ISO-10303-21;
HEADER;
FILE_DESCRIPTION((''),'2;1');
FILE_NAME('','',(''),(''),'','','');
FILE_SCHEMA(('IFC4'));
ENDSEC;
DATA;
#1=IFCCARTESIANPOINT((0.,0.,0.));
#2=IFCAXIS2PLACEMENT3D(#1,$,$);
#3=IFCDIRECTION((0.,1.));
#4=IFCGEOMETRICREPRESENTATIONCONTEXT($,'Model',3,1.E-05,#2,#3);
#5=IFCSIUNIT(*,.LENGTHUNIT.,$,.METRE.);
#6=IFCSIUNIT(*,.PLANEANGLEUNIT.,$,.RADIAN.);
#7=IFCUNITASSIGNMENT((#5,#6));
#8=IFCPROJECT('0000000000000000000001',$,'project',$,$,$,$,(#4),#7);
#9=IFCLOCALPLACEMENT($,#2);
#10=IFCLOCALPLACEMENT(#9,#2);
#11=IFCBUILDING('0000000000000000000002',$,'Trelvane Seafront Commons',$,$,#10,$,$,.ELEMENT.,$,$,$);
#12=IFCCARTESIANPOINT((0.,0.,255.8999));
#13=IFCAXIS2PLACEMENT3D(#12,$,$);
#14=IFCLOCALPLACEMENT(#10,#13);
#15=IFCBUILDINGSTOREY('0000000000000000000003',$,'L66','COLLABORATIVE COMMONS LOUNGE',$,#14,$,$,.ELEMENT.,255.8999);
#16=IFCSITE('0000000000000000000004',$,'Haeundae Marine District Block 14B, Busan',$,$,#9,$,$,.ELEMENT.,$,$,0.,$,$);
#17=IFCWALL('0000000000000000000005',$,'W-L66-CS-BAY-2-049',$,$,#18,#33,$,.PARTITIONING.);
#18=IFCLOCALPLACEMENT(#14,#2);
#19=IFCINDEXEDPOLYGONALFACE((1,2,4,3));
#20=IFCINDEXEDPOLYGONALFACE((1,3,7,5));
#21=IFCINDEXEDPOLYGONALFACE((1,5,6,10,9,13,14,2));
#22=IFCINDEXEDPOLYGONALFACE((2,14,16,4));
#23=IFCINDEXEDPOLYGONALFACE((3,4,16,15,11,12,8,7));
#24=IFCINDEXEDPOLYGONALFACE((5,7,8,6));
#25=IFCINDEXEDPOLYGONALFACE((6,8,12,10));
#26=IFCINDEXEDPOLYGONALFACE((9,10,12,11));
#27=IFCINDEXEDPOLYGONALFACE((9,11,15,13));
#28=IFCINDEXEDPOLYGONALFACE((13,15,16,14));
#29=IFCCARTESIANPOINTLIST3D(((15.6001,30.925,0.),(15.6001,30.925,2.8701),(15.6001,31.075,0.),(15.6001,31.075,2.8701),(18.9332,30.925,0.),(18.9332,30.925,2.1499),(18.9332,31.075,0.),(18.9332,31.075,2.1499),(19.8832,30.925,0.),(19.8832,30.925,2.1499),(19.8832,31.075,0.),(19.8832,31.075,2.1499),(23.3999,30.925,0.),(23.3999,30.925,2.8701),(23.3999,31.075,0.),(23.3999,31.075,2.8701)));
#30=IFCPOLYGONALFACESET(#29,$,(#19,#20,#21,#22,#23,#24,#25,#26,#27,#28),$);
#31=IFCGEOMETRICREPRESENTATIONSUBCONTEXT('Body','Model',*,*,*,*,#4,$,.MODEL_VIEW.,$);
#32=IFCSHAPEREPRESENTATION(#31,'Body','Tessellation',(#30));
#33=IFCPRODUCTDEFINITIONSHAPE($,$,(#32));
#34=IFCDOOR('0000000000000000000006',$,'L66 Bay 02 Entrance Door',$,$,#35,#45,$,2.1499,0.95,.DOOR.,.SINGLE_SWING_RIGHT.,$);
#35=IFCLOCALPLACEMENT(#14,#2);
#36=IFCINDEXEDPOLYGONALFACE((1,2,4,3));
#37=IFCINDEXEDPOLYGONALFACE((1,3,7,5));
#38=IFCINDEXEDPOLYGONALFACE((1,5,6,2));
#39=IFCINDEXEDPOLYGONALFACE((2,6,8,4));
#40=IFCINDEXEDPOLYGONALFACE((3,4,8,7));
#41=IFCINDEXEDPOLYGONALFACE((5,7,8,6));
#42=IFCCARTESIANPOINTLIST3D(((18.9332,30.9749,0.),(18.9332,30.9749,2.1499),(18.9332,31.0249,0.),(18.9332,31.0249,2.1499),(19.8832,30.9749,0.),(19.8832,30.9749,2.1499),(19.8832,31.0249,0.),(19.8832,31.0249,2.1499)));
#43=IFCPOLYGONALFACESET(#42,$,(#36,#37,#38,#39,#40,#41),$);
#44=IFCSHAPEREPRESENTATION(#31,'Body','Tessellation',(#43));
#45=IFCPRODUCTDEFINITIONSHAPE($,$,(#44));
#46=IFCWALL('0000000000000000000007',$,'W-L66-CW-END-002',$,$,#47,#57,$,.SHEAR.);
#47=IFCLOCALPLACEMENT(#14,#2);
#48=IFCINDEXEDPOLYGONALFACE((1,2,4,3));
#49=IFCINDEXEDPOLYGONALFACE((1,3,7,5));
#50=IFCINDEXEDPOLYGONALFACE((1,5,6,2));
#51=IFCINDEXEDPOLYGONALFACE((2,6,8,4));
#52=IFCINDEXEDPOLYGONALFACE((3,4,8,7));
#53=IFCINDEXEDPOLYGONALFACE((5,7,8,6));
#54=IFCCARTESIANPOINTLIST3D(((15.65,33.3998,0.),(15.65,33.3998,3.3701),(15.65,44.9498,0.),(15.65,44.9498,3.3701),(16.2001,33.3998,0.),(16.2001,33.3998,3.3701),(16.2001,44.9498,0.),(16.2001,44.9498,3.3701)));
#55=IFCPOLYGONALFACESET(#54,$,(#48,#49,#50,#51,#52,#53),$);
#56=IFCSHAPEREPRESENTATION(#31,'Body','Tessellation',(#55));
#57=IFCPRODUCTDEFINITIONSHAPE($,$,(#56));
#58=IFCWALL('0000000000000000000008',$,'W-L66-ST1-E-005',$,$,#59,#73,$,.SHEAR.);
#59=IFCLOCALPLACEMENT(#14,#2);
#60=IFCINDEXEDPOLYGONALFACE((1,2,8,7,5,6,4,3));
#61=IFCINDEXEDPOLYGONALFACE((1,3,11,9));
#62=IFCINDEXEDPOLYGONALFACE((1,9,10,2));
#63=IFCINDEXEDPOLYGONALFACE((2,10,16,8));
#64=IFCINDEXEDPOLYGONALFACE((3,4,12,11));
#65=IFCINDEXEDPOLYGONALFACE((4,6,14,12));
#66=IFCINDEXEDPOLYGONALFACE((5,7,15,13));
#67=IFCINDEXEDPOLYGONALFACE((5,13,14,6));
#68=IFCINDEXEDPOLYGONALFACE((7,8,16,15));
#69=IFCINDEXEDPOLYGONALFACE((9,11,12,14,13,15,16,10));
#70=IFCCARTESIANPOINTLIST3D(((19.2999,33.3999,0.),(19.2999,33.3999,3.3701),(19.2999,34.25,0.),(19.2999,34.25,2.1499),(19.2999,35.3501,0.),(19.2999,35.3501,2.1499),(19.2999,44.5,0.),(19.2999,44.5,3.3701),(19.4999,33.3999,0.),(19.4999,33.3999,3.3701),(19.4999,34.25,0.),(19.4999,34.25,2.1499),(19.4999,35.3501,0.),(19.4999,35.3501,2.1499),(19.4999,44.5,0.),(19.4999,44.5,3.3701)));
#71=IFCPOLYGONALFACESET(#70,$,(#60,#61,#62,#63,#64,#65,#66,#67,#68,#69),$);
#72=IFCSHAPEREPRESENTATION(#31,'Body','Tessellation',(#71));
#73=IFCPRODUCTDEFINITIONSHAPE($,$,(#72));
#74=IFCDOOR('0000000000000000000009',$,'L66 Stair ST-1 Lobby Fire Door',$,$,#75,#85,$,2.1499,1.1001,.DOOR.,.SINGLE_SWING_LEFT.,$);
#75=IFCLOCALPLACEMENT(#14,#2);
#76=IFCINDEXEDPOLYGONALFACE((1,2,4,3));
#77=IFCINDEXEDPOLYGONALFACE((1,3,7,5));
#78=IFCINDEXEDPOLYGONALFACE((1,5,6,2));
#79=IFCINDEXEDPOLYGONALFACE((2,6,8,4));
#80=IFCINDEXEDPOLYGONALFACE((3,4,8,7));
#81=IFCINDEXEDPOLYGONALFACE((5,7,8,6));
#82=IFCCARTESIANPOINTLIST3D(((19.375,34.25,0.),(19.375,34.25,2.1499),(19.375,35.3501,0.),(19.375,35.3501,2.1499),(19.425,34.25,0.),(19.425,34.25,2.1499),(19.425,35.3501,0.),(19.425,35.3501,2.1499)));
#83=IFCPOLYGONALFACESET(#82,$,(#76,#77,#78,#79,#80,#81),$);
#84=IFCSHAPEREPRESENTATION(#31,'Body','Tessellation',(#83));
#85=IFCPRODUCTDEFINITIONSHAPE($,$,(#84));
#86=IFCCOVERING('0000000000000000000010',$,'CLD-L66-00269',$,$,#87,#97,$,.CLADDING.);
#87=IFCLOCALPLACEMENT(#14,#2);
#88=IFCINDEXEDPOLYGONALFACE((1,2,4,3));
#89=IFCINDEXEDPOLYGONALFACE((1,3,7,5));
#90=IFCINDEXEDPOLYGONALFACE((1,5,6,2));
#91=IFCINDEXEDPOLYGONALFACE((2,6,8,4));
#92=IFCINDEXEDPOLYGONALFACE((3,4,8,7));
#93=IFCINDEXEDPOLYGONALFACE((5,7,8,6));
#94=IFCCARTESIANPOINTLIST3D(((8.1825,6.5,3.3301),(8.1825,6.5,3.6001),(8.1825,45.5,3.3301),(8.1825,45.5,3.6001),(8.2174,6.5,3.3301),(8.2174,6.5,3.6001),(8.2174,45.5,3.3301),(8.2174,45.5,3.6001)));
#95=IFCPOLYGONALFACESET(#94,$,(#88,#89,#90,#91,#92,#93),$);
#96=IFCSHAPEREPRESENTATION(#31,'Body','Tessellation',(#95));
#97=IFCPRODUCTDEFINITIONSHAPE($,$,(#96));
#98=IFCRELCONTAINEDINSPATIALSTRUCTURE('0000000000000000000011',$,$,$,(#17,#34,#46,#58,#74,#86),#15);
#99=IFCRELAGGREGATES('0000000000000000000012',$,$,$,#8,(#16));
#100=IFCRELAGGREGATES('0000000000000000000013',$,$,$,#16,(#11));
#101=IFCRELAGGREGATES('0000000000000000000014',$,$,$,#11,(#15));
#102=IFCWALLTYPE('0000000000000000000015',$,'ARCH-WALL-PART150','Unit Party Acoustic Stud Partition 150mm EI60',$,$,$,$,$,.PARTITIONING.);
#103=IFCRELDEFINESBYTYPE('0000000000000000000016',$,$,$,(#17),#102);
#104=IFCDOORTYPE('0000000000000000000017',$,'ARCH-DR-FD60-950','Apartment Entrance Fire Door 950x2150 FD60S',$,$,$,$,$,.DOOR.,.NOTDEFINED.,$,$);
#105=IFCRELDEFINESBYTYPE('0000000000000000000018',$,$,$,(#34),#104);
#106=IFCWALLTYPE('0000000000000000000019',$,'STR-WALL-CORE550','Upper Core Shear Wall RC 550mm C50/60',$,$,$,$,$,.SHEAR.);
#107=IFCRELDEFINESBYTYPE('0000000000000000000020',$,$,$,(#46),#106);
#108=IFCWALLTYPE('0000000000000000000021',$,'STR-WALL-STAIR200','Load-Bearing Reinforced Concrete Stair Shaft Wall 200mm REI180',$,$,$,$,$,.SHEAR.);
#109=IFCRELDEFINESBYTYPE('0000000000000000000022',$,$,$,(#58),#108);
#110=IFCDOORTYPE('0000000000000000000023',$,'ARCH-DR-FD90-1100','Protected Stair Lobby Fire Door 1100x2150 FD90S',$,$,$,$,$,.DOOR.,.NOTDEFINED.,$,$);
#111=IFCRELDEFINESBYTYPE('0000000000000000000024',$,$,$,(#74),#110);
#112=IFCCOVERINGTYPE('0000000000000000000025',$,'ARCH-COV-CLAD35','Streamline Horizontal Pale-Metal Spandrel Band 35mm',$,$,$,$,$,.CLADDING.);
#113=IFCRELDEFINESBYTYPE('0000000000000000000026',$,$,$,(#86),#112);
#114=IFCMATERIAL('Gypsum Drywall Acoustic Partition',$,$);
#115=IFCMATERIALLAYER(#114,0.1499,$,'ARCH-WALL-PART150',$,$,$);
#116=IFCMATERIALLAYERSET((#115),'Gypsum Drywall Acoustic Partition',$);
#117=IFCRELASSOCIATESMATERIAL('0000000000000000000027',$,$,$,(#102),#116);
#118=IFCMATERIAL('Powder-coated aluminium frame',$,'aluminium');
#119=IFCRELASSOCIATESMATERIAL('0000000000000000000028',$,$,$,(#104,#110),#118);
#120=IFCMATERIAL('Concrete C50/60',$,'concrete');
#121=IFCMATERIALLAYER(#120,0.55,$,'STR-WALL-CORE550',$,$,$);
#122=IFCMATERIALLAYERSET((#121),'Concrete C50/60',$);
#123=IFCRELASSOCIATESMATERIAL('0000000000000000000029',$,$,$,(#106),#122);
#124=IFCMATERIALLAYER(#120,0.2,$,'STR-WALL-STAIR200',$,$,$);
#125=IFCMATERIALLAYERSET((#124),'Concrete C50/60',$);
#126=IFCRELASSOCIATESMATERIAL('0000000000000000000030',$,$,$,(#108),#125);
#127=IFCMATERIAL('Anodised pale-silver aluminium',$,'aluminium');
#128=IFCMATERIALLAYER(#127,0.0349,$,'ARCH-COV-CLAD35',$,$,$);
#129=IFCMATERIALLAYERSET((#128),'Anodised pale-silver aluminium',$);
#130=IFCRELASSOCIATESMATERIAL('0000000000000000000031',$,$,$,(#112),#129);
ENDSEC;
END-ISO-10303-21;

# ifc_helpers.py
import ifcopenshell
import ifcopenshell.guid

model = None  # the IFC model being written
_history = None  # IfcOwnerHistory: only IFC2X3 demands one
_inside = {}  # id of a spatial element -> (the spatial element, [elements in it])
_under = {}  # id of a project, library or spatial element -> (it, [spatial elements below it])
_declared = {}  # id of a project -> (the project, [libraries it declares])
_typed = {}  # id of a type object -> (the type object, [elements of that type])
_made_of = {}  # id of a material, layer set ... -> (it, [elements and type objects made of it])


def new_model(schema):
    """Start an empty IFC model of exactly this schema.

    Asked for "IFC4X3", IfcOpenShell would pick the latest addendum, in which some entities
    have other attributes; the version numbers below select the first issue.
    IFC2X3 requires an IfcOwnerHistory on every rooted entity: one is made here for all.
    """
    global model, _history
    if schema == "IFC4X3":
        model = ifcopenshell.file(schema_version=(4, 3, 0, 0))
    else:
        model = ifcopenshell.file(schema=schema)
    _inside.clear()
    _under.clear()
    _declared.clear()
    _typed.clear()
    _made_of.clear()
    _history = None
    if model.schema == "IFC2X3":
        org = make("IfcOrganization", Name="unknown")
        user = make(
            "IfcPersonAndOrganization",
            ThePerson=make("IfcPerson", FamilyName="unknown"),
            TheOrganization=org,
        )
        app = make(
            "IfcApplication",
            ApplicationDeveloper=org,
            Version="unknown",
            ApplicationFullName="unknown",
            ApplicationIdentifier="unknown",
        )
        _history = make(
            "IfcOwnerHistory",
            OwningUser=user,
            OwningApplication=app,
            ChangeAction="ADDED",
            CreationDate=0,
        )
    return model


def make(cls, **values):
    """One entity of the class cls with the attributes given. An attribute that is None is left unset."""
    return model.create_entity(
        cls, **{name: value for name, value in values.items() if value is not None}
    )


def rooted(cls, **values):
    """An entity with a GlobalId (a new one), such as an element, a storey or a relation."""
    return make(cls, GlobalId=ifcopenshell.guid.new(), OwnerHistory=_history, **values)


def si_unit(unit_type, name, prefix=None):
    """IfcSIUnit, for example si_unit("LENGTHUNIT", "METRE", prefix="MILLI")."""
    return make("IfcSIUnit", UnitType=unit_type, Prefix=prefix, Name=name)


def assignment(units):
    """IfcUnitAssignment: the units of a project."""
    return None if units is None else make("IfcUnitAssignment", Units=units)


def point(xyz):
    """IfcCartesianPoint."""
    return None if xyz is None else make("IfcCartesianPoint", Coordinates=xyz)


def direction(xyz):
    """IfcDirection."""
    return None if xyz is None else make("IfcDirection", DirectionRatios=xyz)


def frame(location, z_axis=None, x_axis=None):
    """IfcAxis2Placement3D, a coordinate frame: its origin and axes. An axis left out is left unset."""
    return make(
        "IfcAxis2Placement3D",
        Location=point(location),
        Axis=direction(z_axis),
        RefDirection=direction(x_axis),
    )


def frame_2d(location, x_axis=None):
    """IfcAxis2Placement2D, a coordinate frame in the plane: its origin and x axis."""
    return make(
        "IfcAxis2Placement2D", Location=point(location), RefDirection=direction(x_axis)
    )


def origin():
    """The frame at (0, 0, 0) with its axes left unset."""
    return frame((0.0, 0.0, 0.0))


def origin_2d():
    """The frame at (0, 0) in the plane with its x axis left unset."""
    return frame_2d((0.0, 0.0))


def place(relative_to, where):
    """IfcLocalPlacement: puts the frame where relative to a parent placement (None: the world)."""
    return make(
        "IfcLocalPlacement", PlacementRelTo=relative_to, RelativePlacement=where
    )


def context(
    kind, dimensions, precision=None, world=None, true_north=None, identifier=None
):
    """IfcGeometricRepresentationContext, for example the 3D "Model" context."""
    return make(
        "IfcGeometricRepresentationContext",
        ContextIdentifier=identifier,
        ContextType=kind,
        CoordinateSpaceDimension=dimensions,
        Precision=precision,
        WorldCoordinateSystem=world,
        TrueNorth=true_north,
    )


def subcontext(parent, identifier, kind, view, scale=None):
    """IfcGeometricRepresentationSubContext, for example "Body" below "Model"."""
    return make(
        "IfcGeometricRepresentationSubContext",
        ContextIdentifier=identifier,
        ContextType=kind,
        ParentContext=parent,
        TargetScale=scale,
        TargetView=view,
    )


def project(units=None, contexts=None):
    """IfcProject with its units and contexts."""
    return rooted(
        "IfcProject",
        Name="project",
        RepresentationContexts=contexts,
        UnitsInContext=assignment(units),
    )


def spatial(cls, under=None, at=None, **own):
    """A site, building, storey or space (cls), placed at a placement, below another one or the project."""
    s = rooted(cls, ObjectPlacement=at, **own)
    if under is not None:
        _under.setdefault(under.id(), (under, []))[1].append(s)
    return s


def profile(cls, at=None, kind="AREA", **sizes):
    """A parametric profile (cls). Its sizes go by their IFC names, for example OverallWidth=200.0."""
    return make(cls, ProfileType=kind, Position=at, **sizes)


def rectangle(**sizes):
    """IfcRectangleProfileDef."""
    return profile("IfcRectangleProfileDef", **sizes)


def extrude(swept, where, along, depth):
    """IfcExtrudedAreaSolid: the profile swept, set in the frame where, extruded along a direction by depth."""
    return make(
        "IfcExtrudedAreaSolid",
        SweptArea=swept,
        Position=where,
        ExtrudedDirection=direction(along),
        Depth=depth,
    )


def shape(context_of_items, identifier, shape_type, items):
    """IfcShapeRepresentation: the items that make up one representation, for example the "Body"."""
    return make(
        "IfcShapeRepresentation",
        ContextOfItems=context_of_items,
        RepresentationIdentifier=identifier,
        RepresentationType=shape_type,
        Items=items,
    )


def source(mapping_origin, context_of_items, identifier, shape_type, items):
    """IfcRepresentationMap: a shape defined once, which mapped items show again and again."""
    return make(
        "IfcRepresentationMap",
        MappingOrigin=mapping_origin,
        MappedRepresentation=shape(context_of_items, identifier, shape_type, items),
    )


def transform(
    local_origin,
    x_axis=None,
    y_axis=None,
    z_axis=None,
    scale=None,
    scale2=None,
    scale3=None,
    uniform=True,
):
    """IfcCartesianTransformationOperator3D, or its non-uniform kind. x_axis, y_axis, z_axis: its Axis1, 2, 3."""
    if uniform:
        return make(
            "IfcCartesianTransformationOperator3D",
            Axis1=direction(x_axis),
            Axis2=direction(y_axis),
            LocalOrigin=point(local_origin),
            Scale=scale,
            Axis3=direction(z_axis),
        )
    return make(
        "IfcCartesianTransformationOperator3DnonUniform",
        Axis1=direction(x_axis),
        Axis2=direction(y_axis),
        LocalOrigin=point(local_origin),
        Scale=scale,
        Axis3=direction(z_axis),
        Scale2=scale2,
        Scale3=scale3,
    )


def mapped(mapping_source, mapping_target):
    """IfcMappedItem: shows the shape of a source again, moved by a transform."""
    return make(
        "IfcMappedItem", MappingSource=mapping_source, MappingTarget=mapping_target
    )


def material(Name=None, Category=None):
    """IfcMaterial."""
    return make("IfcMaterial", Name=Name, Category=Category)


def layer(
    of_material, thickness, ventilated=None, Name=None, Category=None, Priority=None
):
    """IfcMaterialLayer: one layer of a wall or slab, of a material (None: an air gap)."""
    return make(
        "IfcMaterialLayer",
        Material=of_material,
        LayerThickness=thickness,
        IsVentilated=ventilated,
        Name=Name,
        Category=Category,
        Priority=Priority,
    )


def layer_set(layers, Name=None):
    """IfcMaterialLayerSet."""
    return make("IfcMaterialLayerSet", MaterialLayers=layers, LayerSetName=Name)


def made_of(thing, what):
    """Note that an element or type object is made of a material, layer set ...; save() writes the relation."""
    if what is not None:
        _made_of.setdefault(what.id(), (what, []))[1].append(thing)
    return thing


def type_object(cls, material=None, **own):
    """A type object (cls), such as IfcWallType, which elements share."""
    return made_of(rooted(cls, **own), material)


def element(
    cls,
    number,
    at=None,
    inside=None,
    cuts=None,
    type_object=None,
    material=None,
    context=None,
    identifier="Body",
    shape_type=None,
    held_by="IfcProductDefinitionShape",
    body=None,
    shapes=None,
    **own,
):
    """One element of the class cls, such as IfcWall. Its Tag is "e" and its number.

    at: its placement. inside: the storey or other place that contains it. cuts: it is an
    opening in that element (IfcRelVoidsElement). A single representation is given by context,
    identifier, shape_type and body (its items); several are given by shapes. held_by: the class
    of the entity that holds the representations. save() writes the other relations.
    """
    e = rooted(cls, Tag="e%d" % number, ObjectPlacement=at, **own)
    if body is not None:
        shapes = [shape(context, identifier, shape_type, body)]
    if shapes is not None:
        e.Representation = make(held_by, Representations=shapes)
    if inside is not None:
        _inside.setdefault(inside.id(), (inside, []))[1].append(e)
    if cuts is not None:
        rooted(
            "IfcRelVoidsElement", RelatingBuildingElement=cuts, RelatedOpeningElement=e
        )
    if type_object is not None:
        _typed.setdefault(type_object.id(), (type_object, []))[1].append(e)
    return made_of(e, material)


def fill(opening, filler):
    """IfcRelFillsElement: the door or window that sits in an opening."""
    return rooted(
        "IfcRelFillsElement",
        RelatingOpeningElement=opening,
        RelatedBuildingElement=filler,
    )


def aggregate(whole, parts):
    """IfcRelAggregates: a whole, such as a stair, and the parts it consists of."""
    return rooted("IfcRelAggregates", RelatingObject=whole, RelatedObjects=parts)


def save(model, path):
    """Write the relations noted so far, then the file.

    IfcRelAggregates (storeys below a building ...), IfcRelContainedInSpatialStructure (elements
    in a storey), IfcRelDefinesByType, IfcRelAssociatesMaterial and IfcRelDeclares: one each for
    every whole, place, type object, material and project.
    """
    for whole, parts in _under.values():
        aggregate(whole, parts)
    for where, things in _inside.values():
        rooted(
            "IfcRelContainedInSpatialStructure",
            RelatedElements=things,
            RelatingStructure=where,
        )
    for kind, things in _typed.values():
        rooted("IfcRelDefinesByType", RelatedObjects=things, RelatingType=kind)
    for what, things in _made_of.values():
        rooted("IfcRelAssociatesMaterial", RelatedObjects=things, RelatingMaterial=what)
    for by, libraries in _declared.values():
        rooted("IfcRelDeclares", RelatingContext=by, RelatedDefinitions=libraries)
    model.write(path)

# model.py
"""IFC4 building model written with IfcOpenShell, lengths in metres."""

from ifc_helpers import new_model, si_unit, direction, frame, frame_2d, origin, origin_2d, place, context, subcontext, project, spatial, rectangle, extrude, source, transform, mapped, material, layer, layer_set, type_object, element, fill, save


model = new_model("IFC4")

# Units and contexts
model_context = context("Model", 3, precision=1e-05, world=origin(), true_north=direction((0.0, 1.0)))
body_context = subcontext(model_context, "Body", "Model", "MODEL_VIEW")
ifc_project = project(units=[si_unit("LENGTHUNIT", "METRE"), si_unit("PLANEANGLEUNIT", "RADIAN")], contexts=[model_context])

# Site, building, storey
site_placement = place(None, origin())
site = spatial("IfcSite", under=ifc_project, at=site_placement, Name="Haeundae Marine District Block 14B, Busan", CompositionType="ELEMENT", RefElevation=0.0)
building_placement = place(site_placement, origin())
building = spatial("IfcBuilding", under=site, at=building_placement, Name="Trelvane Seafront Commons", CompositionType="ELEMENT")
storey_placement = place(building_placement, frame((0.0, 0.0, 255.8999)))
storey = spatial("IfcBuildingStorey", under=building, at=storey_placement, Name="L66", Description="COLLABORATIVE COMMONS LOUNGE", CompositionType="ELEMENT", Elevation=255.8999)

# Shared definitions
ifc_material_1 = material(Name="Concrete C50/60", Category="concrete")

# Shared definitions
ifc_material_2 = material(Name="Anodised pale-silver aluminium", Category="aluminium")

# Wall, opening, door
ifc_material_3 = material(Name="Gypsum Drywall Acoustic Partition")
ifc_layer_1 = layer(ifc_material_3, 0.1499, Name="ARCH-WALL-PART150")
ifc_layer_set_1 = layer_set([ifc_layer_1], Name="Gypsum Drywall Acoustic Partition")
wall_type_1 = type_object("IfcWallType", Name="ARCH-WALL-PART150", Description="Unit Party Acoustic Stud Partition 150mm EI60", PredefinedType="PARTITIONING", material=ifc_layer_set_1)
ifc_material_4 = material(Name="Powder-coated aluminium frame", Category="aluminium")
door_type_1 = type_object("IfcDoorType", Name="ARCH-DR-FD60-950", Description="Apartment Entrance Fire Door 950x2150 FD60S", OperationType="NOTDEFINED", PredefinedType="DOOR", material=ifc_material_4)
shared_shape_1 = source(origin(), body_context, "Body", "SweptSolid", [
    extrude(rectangle(XDim=0.95, YDim=2.1499, at=frame_2d((0.4751, 1.075))), frame((0.0, 0.0249, 0.0), z_axis=(0.0, -1.0, 0.0), x_axis=(1.0, 0.0, 0.0)), (0.0, 0.0, 1.0), 0.05),
])
wall_1_placement = place(storey_placement, frame((15.6001, 31.0, 0.0), z_axis=(0.0, 0.0, 1.0), x_axis=(1.0, 0.0, 0.0)))
wall_1 = element("IfcWall", 1, at=wall_1_placement, inside=storey, type_object=wall_type_1, Name="W-L66-CS-BAY-2-049", PredefinedType="PARTITIONING", context=body_context, shape_type="SweptSolid", body=[
    extrude(rectangle(XDim=7.7998, YDim=0.1499, at=frame_2d((3.8999, 0.0))), origin(), (0.0, 0.0, 1.0), 2.8701),
])
opening_1_placement = place(wall_1_placement, frame((3.333, 0.0, 0.0)))
opening_1 = element("IfcOpeningElement", 2, at=opening_1_placement, cuts=wall_1, PredefinedType="OPENING", context=body_context, shape_type="SweptSolid", body=[
    extrude(rectangle(XDim=0.95, YDim=2.1499, at=frame_2d((0.4751, 1.075))), frame((0.0, 0.085, 0.0), z_axis=(0.0, -1.0, 0.0), x_axis=(1.0, 0.0, 0.0)), (0.0, 0.0, 1.0), 0.1699),
])
door_1_placement = place(opening_1_placement, origin())
door_1 = element("IfcDoor", 3, at=door_1_placement, inside=storey, type_object=door_type_1, Name="L66 Bay 02 Entrance Door", OperationType="SINGLE_SWING_RIGHT", OverallHeight=2.1499, OverallWidth=0.95, PredefinedType="DOOR", context=body_context, shape_type="MappedRepresentation", body=[
    mapped(shared_shape_1, transform((0.0, 0.0, 0.0), x_axis=(1.0, 0.0, 0.0), y_axis=(0.0, 1.0, 0.0), z_axis=(0.0, 0.0, 1.0), scale=1.0)),
])
fill(opening_1, door_1)

# Wall
ifc_layer_2 = layer(ifc_material_1, 0.55, Name="STR-WALL-CORE550")
ifc_layer_set_2 = layer_set([ifc_layer_2], Name="Concrete C50/60")
wall_type_2 = type_object("IfcWallType", Name="STR-WALL-CORE550", Description="Upper Core Shear Wall RC 550mm C50/60", PredefinedType="SHEAR", material=ifc_layer_set_2)
wall_2_placement = place(storey_placement, frame((15.925, 33.3999, 0.0), z_axis=(0.0, 0.0, 1.0), x_axis=(0.0, 1.0, 0.0)))
element("IfcWall", 4, at=wall_2_placement, inside=storey, type_object=wall_type_2, Name="W-L66-CW-END-002", PredefinedType="SHEAR", context=body_context, shape_type="SweptSolid", body=[
    extrude(rectangle(XDim=11.55, YDim=0.55, at=frame_2d((5.7749, 0.0))), origin(), (0.0, 0.0, 1.0), 3.3701),
])

# Wall, opening, door
ifc_layer_3 = layer(ifc_material_1, 0.2, Name="STR-WALL-STAIR200")
ifc_layer_set_3 = layer_set([ifc_layer_3], Name="Concrete C50/60")
wall_type_3 = type_object("IfcWallType", Name="STR-WALL-STAIR200", Description="Load-Bearing Reinforced Concrete Stair Shaft Wall 200mm REI180", PredefinedType="SHEAR", material=ifc_layer_set_3)
wall_3_placement = place(storey_placement, frame((19.3999, 33.3999, 0.0), z_axis=(0.0, 0.0, 1.0), x_axis=(0.0, 1.0, 0.0)))
wall_3 = element("IfcWall", 5, at=wall_3_placement, inside=storey, type_object=wall_type_3, Name="W-L66-ST1-E-005", PredefinedType="SHEAR", context=body_context, shape_type="SweptSolid", body=[
    extrude(rectangle(XDim=11.1001, YDim=0.2, at=frame_2d((5.55, 0.0))), origin(), (0.0, 0.0, 1.0), 3.3701),
])
opening_2_placement = place(wall_3_placement, frame((0.8501, 0.0, 0.0)))
opening_2 = element("IfcOpeningElement", 6, at=opening_2_placement, cuts=wall_3, PredefinedType="OPENING", context=body_context, shape_type="SweptSolid", body=[
    extrude(rectangle(XDim=1.1001, YDim=2.1499, at=frame_2d((0.55, 1.075))), frame((0.0, 0.1099, 0.0), z_axis=(0.0, -1.0, 0.0), x_axis=(1.0, 0.0, 0.0)), (0.0, 0.0, 1.0), 0.22),
])
door_type_2 = type_object("IfcDoorType", Name="ARCH-DR-FD90-1100", Description="Protected Stair Lobby Fire Door 1100x2150 FD90S", OperationType="NOTDEFINED", PredefinedType="DOOR", material=ifc_material_4)
shared_shape_2 = source(origin(), body_context, "Body", "SweptSolid", [
    extrude(rectangle(XDim=1.1001, YDim=2.1499, at=frame_2d((0.55, 1.075))), frame((0.0, 0.0249, 0.0), z_axis=(0.0, -1.0, 0.0), x_axis=(1.0, 0.0, 0.0)), (0.0, 0.0, 1.0), 0.05),
])
door_2_placement = place(opening_2_placement, origin())
door_2 = element("IfcDoor", 7, at=door_2_placement, inside=storey, type_object=door_type_2, Name="L66 Stair ST-1 Lobby Fire Door", OperationType="SINGLE_SWING_LEFT", OverallHeight=2.1499, OverallWidth=1.1001, PredefinedType="DOOR", context=body_context, shape_type="MappedRepresentation", body=[
    mapped(shared_shape_2, transform((0.0, 0.0, 0.0), x_axis=(1.0, 0.0, 0.0), y_axis=(0.0, 1.0, 0.0), z_axis=(0.0, 0.0, 1.0), scale=1.0)),
])
fill(opening_2, door_2)

# Covering
ifc_layer_4 = layer(ifc_material_2, 0.0349, Name="ARCH-COV-CLAD35")
ifc_layer_set_4 = layer_set([ifc_layer_4], Name="Anodised pale-silver aluminium")
covering_type = type_object("IfcCoveringType", Name="ARCH-COV-CLAD35", Description="Streamline Horizontal Pale-Metal Spandrel Band 35mm", PredefinedType="CLADDING", material=ifc_layer_set_4)
shared_shape_3 = source(origin(), body_context, "Body", "SweptSolid", [
    extrude(rectangle(XDim=39.0, YDim=0.0349, at=origin_2d()), origin(), (0.0, 0.0, 1.0), 0.27),
])
covering_placement = place(storey_placement, frame((8.2, 26.0, 3.3301), z_axis=(0.0, 0.0, 1.0), x_axis=(0.0, 1.0, 0.0)))
element("IfcCovering", 8, at=covering_placement, inside=storey, type_object=covering_type, Name="CLD-L66-00269", PredefinedType="CLADDING", context=body_context, shape_type="MappedRepresentation", body=[
    mapped(shared_shape_3, transform((0.0, 0.0, 0.0), x_axis=(1.0, 0.0, 0.0), y_axis=(0.0, 1.0, 0.0), z_axis=(0.0, 0.0, 1.0), scale=1.0)),
])

save(model, "model.ifc")
